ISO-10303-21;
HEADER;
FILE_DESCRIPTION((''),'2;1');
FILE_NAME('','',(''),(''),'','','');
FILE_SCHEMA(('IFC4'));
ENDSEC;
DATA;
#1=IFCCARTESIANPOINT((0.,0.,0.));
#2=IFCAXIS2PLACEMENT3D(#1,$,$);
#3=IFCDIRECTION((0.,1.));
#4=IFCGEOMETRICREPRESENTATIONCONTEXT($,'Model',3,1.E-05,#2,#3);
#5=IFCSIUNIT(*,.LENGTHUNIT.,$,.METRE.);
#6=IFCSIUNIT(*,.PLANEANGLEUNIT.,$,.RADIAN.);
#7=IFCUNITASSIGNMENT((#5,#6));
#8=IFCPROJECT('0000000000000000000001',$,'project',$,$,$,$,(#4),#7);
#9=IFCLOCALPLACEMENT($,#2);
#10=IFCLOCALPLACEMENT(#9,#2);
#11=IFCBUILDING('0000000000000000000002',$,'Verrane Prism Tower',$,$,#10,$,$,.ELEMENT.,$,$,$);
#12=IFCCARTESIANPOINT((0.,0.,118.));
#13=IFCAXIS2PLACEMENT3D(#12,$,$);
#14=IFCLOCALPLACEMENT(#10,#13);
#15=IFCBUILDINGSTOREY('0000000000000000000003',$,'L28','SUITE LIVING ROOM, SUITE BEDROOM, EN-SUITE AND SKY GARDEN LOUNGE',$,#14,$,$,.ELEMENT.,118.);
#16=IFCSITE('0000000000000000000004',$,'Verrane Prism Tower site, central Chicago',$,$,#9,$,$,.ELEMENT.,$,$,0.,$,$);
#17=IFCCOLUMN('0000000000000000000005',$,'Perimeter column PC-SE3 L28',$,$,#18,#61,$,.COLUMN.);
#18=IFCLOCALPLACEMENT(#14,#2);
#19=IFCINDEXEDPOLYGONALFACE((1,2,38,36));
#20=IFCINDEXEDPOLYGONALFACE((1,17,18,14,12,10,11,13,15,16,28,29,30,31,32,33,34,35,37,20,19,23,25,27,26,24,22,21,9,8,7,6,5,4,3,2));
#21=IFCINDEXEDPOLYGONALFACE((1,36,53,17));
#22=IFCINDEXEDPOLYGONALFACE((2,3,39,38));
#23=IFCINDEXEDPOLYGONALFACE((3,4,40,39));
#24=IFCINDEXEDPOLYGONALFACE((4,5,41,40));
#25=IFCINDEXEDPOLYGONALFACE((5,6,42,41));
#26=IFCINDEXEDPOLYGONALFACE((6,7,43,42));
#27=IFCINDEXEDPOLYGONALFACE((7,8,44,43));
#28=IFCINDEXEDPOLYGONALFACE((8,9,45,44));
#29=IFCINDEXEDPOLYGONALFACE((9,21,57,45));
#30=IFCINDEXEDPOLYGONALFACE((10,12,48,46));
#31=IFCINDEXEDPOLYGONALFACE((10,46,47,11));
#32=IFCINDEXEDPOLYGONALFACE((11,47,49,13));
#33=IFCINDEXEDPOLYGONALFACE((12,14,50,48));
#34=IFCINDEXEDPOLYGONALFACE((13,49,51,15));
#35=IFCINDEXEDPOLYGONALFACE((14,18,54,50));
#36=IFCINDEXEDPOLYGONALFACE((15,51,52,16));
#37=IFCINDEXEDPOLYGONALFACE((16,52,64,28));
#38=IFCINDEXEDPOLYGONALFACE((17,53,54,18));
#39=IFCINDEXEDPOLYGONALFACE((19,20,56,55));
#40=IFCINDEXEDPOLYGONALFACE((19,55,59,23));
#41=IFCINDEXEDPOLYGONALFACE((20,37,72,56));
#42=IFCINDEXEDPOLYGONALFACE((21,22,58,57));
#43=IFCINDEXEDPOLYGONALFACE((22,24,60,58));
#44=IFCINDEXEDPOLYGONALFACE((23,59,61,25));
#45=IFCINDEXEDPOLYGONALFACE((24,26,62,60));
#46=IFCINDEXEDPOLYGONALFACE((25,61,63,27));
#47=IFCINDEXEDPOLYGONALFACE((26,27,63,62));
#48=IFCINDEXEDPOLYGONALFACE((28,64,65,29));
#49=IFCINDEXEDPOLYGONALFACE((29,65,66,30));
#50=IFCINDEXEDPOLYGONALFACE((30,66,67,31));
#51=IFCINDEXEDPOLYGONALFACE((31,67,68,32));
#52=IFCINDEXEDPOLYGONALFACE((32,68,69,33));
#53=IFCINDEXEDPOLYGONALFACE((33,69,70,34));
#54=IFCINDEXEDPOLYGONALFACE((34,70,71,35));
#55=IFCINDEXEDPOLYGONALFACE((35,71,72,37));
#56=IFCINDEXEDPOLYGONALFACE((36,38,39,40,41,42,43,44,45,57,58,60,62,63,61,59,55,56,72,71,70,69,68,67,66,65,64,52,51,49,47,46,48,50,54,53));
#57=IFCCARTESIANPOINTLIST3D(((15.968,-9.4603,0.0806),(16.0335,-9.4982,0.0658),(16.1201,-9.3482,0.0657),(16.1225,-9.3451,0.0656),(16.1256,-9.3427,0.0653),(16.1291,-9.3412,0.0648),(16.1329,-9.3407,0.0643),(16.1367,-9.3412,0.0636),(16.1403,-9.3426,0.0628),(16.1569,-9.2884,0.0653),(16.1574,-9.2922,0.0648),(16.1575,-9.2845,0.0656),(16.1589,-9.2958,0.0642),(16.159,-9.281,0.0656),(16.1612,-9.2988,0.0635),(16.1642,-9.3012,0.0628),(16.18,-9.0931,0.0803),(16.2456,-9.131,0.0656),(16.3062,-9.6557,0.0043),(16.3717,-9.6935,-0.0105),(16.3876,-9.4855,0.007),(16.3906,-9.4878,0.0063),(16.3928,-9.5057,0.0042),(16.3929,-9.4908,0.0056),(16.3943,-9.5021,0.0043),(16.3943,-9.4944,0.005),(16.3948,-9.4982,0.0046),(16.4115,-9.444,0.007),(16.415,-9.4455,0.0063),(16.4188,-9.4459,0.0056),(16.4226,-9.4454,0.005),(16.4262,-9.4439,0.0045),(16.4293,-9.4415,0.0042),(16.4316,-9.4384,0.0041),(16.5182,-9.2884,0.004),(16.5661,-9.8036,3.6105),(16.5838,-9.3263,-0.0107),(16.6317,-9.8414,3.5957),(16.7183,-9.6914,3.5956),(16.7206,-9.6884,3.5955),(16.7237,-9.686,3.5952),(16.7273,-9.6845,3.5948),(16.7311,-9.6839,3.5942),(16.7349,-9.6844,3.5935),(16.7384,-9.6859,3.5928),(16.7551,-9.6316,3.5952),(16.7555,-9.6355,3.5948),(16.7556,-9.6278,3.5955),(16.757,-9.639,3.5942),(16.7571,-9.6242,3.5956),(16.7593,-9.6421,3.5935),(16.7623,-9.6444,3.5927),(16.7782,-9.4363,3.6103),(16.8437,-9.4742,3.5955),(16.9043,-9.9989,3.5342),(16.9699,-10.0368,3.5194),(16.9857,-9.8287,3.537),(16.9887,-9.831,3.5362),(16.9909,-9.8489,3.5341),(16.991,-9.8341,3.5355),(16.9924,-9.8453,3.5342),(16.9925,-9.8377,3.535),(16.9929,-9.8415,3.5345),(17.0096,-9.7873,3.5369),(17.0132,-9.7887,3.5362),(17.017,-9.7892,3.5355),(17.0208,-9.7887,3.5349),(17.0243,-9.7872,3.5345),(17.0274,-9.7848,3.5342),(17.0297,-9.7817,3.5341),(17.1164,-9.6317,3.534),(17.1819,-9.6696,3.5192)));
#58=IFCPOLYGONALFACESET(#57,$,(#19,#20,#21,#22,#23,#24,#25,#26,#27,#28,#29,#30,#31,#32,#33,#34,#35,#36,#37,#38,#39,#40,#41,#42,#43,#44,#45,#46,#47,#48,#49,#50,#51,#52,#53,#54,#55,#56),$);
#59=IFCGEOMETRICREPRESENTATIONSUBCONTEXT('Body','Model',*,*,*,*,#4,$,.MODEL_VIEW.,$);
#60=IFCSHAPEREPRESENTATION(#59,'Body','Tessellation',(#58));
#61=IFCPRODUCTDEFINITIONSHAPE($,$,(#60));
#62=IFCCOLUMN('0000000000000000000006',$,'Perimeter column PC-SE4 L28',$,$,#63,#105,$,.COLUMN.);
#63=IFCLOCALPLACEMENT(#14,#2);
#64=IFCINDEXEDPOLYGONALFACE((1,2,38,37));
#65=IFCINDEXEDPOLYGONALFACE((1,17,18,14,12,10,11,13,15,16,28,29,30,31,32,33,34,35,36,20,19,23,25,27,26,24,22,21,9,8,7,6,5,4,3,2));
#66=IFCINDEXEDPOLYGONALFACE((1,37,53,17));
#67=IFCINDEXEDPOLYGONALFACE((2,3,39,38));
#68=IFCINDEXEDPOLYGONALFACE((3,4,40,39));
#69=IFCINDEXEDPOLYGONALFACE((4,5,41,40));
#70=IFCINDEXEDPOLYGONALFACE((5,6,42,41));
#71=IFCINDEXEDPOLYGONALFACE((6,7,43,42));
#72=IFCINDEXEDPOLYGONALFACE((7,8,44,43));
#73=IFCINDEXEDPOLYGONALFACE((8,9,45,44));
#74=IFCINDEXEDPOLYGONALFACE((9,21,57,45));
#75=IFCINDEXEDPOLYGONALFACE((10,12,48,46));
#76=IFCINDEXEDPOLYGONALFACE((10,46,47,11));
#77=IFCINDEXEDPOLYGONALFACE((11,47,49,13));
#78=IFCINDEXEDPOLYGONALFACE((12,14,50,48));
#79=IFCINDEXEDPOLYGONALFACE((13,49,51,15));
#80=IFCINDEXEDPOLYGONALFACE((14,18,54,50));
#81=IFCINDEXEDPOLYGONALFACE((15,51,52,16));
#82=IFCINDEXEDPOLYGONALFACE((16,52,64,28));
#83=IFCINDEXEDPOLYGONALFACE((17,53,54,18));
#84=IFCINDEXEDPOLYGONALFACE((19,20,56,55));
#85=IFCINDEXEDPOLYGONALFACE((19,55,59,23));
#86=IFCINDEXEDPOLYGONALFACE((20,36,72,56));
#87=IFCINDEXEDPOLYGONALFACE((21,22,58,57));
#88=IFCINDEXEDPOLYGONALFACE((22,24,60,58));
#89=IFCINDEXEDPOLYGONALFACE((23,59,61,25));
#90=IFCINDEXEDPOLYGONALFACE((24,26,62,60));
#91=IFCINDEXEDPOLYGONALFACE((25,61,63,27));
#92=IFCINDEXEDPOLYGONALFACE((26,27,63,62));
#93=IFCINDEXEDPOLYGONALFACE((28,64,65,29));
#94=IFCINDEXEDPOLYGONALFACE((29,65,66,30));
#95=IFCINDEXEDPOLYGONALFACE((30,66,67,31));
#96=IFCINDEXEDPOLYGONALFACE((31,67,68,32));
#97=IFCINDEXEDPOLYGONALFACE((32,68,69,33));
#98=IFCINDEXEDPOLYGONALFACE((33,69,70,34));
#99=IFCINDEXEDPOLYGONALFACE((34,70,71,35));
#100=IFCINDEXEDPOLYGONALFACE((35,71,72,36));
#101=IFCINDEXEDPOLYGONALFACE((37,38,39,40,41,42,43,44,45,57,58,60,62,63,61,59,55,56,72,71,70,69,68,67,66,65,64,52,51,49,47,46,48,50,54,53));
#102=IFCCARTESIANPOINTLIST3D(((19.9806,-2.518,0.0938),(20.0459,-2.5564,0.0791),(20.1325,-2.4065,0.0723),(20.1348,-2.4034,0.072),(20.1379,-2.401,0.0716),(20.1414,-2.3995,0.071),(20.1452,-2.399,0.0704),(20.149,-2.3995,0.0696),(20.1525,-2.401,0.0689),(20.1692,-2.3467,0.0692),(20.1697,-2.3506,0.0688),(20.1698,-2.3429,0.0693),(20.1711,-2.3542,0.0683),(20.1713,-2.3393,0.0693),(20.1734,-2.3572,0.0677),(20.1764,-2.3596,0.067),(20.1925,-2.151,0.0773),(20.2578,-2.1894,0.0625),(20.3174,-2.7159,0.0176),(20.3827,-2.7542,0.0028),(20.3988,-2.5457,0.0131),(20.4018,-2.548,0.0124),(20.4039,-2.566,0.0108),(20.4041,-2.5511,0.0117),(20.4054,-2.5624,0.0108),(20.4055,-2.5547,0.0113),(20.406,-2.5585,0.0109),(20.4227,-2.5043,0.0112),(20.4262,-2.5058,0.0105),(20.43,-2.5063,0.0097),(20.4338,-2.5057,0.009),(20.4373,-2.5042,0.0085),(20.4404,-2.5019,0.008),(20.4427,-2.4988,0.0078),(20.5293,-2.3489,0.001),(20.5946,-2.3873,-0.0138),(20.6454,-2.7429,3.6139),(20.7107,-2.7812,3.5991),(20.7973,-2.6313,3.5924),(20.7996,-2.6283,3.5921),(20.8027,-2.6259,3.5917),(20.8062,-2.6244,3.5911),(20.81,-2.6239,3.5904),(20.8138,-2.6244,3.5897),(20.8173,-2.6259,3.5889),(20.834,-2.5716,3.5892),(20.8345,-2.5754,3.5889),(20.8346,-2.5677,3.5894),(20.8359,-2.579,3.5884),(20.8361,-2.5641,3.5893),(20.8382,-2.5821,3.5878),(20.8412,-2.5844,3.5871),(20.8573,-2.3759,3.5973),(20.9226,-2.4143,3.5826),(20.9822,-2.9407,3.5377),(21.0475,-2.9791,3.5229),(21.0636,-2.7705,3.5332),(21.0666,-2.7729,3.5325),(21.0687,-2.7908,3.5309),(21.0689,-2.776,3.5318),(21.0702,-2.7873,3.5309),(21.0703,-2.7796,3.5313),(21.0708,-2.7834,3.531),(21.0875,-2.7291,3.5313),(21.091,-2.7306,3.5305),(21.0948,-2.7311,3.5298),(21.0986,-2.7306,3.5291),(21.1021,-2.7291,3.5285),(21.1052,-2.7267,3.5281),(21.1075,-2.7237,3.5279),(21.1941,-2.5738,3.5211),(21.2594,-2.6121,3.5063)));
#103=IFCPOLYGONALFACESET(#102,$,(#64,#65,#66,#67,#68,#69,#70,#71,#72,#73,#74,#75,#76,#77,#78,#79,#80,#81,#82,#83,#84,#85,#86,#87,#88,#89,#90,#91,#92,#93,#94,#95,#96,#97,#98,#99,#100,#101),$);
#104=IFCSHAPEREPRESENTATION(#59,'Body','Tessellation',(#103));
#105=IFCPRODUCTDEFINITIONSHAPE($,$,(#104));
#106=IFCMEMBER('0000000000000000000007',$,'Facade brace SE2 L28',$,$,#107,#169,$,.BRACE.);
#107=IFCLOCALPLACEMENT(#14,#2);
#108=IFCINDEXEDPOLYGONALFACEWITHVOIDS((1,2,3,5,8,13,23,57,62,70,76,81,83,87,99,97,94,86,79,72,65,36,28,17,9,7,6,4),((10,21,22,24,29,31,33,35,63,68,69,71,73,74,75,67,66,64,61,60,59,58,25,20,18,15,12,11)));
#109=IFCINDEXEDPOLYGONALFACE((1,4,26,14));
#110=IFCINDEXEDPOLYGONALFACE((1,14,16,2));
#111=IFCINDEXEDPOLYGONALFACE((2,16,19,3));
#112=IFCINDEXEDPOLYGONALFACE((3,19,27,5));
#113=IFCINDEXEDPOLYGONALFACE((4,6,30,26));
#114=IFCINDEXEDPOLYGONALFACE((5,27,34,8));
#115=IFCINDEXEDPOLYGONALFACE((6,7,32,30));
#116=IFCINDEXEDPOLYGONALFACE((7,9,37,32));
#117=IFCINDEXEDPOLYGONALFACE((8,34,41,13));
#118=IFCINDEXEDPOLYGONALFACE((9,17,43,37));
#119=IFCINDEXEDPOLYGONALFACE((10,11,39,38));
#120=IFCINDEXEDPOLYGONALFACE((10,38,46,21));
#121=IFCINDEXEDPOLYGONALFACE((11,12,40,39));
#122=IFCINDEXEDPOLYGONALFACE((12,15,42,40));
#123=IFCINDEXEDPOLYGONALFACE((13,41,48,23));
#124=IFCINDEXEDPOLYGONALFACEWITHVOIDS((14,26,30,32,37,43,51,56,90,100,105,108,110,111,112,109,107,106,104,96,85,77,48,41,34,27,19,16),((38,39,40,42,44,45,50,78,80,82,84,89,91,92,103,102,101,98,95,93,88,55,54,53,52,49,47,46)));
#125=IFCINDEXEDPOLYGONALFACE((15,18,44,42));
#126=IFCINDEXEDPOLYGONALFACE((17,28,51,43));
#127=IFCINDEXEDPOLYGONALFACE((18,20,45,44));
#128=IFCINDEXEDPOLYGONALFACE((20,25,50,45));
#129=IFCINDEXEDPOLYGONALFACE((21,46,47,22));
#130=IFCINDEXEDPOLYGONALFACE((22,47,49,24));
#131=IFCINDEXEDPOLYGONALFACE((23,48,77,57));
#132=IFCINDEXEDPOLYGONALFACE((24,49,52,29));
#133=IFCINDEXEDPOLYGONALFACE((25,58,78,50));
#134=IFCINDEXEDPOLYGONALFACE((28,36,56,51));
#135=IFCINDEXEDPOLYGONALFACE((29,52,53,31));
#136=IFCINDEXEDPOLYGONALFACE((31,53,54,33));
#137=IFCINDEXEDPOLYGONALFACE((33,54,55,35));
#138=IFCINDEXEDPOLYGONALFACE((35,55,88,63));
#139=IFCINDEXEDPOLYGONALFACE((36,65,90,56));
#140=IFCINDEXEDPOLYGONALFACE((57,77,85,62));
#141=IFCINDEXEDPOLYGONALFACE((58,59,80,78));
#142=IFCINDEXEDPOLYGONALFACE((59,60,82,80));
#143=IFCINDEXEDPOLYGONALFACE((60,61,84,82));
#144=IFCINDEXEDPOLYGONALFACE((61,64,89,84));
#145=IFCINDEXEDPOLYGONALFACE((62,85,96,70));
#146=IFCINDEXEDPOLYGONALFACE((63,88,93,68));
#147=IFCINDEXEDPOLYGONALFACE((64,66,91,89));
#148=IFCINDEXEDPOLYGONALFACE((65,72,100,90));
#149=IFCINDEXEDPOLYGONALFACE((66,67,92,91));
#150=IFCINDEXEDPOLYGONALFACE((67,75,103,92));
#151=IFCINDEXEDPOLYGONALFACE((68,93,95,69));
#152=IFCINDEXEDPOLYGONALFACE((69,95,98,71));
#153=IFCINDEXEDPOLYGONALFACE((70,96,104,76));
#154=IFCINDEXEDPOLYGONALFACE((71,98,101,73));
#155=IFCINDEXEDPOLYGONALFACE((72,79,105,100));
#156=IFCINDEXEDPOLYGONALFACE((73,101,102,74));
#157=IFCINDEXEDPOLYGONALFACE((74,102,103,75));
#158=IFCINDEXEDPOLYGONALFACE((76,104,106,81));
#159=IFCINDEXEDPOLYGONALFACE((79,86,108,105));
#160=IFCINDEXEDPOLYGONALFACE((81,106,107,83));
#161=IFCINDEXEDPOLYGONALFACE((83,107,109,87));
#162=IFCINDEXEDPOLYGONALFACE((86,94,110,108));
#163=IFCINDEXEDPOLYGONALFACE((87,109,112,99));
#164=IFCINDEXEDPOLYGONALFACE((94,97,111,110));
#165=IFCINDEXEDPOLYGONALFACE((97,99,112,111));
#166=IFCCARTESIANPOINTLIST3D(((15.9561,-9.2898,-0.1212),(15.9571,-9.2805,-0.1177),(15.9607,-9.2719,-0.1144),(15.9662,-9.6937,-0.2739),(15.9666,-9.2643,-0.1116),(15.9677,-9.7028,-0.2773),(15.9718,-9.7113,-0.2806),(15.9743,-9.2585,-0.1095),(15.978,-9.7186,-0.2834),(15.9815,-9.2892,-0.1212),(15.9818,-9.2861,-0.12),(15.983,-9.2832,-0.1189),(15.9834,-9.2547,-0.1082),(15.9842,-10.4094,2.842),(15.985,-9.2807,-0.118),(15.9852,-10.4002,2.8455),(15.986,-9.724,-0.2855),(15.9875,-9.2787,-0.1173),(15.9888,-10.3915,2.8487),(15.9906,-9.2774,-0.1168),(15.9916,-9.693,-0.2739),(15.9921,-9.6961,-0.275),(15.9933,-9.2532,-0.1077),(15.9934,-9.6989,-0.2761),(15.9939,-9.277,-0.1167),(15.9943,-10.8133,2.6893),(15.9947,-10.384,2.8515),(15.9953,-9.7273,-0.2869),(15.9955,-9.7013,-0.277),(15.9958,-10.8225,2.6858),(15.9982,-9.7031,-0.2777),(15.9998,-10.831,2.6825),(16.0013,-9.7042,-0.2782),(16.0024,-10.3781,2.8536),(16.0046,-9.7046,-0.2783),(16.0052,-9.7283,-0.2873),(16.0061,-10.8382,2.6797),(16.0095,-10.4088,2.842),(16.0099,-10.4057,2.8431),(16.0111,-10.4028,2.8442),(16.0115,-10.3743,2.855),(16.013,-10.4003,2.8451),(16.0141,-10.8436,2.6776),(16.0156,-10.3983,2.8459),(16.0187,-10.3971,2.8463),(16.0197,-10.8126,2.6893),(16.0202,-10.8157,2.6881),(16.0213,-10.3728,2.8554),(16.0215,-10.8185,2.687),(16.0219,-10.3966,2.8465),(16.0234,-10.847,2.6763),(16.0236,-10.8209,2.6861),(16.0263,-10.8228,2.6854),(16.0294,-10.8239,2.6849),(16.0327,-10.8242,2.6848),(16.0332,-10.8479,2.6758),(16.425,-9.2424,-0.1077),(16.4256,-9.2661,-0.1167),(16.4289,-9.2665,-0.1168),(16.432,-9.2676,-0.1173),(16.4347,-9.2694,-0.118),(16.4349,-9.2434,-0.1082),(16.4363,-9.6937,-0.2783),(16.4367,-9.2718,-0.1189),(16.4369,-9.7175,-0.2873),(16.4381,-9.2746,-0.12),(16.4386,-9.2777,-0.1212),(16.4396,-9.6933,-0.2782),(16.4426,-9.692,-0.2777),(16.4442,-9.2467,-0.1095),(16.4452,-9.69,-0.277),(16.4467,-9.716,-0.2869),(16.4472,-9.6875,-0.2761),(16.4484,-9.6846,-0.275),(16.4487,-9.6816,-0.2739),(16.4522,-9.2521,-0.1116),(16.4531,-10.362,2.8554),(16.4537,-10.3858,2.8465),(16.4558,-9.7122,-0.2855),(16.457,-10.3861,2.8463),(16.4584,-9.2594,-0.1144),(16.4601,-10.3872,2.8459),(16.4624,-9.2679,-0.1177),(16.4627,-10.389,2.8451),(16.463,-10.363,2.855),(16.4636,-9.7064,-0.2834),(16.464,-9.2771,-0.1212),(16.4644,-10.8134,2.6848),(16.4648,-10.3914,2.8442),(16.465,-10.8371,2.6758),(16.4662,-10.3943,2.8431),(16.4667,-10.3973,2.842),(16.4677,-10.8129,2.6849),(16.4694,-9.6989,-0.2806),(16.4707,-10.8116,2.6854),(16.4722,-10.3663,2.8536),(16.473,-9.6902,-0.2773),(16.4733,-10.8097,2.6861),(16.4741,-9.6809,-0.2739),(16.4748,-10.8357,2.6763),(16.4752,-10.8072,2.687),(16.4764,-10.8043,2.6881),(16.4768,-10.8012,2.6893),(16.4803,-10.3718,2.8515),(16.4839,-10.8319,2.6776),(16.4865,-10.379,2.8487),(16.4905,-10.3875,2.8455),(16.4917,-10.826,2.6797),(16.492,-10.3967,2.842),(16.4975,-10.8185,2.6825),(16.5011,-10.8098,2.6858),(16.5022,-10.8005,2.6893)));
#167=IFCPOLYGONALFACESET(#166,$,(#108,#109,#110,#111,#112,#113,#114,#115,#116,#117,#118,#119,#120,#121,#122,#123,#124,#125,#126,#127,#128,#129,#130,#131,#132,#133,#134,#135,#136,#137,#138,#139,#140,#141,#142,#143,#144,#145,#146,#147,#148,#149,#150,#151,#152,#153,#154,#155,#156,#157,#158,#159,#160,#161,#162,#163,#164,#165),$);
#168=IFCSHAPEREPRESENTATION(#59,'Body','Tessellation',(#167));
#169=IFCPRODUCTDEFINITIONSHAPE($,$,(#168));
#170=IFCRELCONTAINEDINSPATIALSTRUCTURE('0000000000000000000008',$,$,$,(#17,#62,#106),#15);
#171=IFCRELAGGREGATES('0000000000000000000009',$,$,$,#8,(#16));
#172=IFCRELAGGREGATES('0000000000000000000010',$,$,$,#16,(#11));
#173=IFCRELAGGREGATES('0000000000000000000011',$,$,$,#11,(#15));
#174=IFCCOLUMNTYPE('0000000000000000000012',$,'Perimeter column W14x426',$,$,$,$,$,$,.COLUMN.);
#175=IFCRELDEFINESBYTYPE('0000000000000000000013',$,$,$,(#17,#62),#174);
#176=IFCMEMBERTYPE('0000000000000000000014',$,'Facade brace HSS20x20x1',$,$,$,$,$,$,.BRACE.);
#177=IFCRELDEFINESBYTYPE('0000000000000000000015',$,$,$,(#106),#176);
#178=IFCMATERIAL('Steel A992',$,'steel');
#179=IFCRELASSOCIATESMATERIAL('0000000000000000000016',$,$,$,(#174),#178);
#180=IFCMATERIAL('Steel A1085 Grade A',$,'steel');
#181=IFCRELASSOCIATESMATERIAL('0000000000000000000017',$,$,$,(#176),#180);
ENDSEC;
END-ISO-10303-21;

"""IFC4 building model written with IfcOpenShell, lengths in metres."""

from ifc_helpers import new_model, si_unit, direction, frame, origin, origin_2d, place, context, subcontext, project, spatial, hollow_rectangle, i_section, extrude, material, material_profile, profile_set, type_object, element, save


model = new_model("IFC4")

# Units and contexts
model_context = context("Model", 3, precision=1e-05, world=origin(), true_north=direction((0.0, 1.0)))
body_context = subcontext(model_context, "Body", "Model", "MODEL_VIEW")
ifc_project = project(units=[si_unit("LENGTHUNIT", "METRE"), si_unit("PLANEANGLEUNIT", "RADIAN")], contexts=[model_context])

# Site, building, storey
site_placement = place(None, origin())
site = spatial("IfcSite", under=ifc_project, at=site_placement, Name="Verrane Prism Tower site, central Chicago", CompositionType="ELEMENT", RefElevation=0.0)
building_placement = place(site_placement, origin())
building = spatial("IfcBuilding", under=site, at=building_placement, Name="Verrane Prism Tower", CompositionType="ELEMENT")
storey_placement = place(building_placement, frame((0.0, 0.0, 118.0)))
storey = spatial("IfcBuildingStorey", under=building, at=storey_placement, Name="L28", Description="SUITE LIVING ROOM, SUITE BEDROOM, EN-SUITE AND SKY GARDEN LOUNGE", CompositionType="ELEMENT", Elevation=118.0)

# Columns
ifc_material_1 = material(Name="Steel A992", Category="steel")
ifc_material_profile_1 = material_profile(ifc_material_1, i_section(OverallWidth=0.4241, OverallDepth=0.4751, WebThickness=0.0479, FlangeThickness=0.0771, FilletRadius=0.0149, at=origin_2d()), Name="W14x426")
ifc_profile_set_1 = profile_set([ifc_material_profile_1], Name="Steel A992")
column_type = type_object("IfcColumnType", Name="Perimeter column W14x426", PredefinedType="COLUMN", material=ifc_profile_set_1)
column_1_placement = place(storey_placement, frame((16.2759, -9.3933, 0.0349), z_axis=(0.166301, -0.095436, 0.981446), x_axis=(-0.50007, -0.865985, 0.000525)))
element("IfcColumn", 1, at=column_1_placement, inside=storey, type_object=column_type, Name="Perimeter column PC-SE3 L28", PredefinedType="COLUMN", context=body_context, shape_type="SweptSolid", body=[
    extrude(i_section(OverallWidth=0.4241, OverallDepth=0.4751, WebThickness=0.0479, FlangeThickness=0.0771, FilletRadius=0.0149, at=origin_2d()), origin(), (0.0, 0.0, 1.0), 3.5967),
])
column_2_placement = place(storey_placement, frame((20.2876, -2.4526, 0.04), z_axis=(0.185216, -0.062646, 0.980699), x_axis=(-0.499614, -0.865366, 0.039079)))
element("IfcColumn", 2, at=column_2_placement, inside=storey, type_object=column_type, Name="Perimeter column PC-SE4 L28", PredefinedType="COLUMN", context=body_context, shape_type="SweptSolid", body=[
    extrude(i_section(OverallWidth=0.4241, OverallDepth=0.4751, WebThickness=0.0479, FlangeThickness=0.0771, FilletRadius=0.0149, at=origin_2d()), origin(), (0.0, 0.0, 1.0), 3.5894),
])

# Member
ifc_material_2 = material(Name="Steel A1085 Grade A", Category="steel")
ifc_material_profile_2 = material_profile(ifc_material_2, hollow_rectangle(XDim=0.5081, YDim=0.5081, WallThickness=0.0254, InnerFilletRadius=0.0127, OuterFilletRadius=0.0381, at=origin_2d()), Name="HSS20x20x1")
ifc_profile_set_2 = profile_set([ifc_material_profile_2], Name="Steel A1085 Grade A")
member_type_1 = type_object("IfcMemberType", Name="Facade brace HSS20x20x1", PredefinedType="BRACE", material=ifc_profile_set_2)
member_1_placement = place(storey_placement, frame((16.2151, -9.4854, -0.1975), z_axis=(0.008863, -0.353448, 0.935412), x_axis=(0.999686, 0.025068, 0.0)))
element("IfcMember", 3, at=member_1_placement, inside=storey, type_object=member_type_1, Name="Facade brace SE2 L28", PredefinedType="BRACE", context=body_context, shape_type="SweptSolid", body=[
    extrude(hollow_rectangle(XDim=0.5081, YDim=0.5081, WallThickness=0.0254, InnerFilletRadius=0.0127, OuterFilletRadius=0.0381, at=origin_2d()), origin(), (0.0, 0.0, 1.0), 3.1677),
])

save(model, "model.ifc")
